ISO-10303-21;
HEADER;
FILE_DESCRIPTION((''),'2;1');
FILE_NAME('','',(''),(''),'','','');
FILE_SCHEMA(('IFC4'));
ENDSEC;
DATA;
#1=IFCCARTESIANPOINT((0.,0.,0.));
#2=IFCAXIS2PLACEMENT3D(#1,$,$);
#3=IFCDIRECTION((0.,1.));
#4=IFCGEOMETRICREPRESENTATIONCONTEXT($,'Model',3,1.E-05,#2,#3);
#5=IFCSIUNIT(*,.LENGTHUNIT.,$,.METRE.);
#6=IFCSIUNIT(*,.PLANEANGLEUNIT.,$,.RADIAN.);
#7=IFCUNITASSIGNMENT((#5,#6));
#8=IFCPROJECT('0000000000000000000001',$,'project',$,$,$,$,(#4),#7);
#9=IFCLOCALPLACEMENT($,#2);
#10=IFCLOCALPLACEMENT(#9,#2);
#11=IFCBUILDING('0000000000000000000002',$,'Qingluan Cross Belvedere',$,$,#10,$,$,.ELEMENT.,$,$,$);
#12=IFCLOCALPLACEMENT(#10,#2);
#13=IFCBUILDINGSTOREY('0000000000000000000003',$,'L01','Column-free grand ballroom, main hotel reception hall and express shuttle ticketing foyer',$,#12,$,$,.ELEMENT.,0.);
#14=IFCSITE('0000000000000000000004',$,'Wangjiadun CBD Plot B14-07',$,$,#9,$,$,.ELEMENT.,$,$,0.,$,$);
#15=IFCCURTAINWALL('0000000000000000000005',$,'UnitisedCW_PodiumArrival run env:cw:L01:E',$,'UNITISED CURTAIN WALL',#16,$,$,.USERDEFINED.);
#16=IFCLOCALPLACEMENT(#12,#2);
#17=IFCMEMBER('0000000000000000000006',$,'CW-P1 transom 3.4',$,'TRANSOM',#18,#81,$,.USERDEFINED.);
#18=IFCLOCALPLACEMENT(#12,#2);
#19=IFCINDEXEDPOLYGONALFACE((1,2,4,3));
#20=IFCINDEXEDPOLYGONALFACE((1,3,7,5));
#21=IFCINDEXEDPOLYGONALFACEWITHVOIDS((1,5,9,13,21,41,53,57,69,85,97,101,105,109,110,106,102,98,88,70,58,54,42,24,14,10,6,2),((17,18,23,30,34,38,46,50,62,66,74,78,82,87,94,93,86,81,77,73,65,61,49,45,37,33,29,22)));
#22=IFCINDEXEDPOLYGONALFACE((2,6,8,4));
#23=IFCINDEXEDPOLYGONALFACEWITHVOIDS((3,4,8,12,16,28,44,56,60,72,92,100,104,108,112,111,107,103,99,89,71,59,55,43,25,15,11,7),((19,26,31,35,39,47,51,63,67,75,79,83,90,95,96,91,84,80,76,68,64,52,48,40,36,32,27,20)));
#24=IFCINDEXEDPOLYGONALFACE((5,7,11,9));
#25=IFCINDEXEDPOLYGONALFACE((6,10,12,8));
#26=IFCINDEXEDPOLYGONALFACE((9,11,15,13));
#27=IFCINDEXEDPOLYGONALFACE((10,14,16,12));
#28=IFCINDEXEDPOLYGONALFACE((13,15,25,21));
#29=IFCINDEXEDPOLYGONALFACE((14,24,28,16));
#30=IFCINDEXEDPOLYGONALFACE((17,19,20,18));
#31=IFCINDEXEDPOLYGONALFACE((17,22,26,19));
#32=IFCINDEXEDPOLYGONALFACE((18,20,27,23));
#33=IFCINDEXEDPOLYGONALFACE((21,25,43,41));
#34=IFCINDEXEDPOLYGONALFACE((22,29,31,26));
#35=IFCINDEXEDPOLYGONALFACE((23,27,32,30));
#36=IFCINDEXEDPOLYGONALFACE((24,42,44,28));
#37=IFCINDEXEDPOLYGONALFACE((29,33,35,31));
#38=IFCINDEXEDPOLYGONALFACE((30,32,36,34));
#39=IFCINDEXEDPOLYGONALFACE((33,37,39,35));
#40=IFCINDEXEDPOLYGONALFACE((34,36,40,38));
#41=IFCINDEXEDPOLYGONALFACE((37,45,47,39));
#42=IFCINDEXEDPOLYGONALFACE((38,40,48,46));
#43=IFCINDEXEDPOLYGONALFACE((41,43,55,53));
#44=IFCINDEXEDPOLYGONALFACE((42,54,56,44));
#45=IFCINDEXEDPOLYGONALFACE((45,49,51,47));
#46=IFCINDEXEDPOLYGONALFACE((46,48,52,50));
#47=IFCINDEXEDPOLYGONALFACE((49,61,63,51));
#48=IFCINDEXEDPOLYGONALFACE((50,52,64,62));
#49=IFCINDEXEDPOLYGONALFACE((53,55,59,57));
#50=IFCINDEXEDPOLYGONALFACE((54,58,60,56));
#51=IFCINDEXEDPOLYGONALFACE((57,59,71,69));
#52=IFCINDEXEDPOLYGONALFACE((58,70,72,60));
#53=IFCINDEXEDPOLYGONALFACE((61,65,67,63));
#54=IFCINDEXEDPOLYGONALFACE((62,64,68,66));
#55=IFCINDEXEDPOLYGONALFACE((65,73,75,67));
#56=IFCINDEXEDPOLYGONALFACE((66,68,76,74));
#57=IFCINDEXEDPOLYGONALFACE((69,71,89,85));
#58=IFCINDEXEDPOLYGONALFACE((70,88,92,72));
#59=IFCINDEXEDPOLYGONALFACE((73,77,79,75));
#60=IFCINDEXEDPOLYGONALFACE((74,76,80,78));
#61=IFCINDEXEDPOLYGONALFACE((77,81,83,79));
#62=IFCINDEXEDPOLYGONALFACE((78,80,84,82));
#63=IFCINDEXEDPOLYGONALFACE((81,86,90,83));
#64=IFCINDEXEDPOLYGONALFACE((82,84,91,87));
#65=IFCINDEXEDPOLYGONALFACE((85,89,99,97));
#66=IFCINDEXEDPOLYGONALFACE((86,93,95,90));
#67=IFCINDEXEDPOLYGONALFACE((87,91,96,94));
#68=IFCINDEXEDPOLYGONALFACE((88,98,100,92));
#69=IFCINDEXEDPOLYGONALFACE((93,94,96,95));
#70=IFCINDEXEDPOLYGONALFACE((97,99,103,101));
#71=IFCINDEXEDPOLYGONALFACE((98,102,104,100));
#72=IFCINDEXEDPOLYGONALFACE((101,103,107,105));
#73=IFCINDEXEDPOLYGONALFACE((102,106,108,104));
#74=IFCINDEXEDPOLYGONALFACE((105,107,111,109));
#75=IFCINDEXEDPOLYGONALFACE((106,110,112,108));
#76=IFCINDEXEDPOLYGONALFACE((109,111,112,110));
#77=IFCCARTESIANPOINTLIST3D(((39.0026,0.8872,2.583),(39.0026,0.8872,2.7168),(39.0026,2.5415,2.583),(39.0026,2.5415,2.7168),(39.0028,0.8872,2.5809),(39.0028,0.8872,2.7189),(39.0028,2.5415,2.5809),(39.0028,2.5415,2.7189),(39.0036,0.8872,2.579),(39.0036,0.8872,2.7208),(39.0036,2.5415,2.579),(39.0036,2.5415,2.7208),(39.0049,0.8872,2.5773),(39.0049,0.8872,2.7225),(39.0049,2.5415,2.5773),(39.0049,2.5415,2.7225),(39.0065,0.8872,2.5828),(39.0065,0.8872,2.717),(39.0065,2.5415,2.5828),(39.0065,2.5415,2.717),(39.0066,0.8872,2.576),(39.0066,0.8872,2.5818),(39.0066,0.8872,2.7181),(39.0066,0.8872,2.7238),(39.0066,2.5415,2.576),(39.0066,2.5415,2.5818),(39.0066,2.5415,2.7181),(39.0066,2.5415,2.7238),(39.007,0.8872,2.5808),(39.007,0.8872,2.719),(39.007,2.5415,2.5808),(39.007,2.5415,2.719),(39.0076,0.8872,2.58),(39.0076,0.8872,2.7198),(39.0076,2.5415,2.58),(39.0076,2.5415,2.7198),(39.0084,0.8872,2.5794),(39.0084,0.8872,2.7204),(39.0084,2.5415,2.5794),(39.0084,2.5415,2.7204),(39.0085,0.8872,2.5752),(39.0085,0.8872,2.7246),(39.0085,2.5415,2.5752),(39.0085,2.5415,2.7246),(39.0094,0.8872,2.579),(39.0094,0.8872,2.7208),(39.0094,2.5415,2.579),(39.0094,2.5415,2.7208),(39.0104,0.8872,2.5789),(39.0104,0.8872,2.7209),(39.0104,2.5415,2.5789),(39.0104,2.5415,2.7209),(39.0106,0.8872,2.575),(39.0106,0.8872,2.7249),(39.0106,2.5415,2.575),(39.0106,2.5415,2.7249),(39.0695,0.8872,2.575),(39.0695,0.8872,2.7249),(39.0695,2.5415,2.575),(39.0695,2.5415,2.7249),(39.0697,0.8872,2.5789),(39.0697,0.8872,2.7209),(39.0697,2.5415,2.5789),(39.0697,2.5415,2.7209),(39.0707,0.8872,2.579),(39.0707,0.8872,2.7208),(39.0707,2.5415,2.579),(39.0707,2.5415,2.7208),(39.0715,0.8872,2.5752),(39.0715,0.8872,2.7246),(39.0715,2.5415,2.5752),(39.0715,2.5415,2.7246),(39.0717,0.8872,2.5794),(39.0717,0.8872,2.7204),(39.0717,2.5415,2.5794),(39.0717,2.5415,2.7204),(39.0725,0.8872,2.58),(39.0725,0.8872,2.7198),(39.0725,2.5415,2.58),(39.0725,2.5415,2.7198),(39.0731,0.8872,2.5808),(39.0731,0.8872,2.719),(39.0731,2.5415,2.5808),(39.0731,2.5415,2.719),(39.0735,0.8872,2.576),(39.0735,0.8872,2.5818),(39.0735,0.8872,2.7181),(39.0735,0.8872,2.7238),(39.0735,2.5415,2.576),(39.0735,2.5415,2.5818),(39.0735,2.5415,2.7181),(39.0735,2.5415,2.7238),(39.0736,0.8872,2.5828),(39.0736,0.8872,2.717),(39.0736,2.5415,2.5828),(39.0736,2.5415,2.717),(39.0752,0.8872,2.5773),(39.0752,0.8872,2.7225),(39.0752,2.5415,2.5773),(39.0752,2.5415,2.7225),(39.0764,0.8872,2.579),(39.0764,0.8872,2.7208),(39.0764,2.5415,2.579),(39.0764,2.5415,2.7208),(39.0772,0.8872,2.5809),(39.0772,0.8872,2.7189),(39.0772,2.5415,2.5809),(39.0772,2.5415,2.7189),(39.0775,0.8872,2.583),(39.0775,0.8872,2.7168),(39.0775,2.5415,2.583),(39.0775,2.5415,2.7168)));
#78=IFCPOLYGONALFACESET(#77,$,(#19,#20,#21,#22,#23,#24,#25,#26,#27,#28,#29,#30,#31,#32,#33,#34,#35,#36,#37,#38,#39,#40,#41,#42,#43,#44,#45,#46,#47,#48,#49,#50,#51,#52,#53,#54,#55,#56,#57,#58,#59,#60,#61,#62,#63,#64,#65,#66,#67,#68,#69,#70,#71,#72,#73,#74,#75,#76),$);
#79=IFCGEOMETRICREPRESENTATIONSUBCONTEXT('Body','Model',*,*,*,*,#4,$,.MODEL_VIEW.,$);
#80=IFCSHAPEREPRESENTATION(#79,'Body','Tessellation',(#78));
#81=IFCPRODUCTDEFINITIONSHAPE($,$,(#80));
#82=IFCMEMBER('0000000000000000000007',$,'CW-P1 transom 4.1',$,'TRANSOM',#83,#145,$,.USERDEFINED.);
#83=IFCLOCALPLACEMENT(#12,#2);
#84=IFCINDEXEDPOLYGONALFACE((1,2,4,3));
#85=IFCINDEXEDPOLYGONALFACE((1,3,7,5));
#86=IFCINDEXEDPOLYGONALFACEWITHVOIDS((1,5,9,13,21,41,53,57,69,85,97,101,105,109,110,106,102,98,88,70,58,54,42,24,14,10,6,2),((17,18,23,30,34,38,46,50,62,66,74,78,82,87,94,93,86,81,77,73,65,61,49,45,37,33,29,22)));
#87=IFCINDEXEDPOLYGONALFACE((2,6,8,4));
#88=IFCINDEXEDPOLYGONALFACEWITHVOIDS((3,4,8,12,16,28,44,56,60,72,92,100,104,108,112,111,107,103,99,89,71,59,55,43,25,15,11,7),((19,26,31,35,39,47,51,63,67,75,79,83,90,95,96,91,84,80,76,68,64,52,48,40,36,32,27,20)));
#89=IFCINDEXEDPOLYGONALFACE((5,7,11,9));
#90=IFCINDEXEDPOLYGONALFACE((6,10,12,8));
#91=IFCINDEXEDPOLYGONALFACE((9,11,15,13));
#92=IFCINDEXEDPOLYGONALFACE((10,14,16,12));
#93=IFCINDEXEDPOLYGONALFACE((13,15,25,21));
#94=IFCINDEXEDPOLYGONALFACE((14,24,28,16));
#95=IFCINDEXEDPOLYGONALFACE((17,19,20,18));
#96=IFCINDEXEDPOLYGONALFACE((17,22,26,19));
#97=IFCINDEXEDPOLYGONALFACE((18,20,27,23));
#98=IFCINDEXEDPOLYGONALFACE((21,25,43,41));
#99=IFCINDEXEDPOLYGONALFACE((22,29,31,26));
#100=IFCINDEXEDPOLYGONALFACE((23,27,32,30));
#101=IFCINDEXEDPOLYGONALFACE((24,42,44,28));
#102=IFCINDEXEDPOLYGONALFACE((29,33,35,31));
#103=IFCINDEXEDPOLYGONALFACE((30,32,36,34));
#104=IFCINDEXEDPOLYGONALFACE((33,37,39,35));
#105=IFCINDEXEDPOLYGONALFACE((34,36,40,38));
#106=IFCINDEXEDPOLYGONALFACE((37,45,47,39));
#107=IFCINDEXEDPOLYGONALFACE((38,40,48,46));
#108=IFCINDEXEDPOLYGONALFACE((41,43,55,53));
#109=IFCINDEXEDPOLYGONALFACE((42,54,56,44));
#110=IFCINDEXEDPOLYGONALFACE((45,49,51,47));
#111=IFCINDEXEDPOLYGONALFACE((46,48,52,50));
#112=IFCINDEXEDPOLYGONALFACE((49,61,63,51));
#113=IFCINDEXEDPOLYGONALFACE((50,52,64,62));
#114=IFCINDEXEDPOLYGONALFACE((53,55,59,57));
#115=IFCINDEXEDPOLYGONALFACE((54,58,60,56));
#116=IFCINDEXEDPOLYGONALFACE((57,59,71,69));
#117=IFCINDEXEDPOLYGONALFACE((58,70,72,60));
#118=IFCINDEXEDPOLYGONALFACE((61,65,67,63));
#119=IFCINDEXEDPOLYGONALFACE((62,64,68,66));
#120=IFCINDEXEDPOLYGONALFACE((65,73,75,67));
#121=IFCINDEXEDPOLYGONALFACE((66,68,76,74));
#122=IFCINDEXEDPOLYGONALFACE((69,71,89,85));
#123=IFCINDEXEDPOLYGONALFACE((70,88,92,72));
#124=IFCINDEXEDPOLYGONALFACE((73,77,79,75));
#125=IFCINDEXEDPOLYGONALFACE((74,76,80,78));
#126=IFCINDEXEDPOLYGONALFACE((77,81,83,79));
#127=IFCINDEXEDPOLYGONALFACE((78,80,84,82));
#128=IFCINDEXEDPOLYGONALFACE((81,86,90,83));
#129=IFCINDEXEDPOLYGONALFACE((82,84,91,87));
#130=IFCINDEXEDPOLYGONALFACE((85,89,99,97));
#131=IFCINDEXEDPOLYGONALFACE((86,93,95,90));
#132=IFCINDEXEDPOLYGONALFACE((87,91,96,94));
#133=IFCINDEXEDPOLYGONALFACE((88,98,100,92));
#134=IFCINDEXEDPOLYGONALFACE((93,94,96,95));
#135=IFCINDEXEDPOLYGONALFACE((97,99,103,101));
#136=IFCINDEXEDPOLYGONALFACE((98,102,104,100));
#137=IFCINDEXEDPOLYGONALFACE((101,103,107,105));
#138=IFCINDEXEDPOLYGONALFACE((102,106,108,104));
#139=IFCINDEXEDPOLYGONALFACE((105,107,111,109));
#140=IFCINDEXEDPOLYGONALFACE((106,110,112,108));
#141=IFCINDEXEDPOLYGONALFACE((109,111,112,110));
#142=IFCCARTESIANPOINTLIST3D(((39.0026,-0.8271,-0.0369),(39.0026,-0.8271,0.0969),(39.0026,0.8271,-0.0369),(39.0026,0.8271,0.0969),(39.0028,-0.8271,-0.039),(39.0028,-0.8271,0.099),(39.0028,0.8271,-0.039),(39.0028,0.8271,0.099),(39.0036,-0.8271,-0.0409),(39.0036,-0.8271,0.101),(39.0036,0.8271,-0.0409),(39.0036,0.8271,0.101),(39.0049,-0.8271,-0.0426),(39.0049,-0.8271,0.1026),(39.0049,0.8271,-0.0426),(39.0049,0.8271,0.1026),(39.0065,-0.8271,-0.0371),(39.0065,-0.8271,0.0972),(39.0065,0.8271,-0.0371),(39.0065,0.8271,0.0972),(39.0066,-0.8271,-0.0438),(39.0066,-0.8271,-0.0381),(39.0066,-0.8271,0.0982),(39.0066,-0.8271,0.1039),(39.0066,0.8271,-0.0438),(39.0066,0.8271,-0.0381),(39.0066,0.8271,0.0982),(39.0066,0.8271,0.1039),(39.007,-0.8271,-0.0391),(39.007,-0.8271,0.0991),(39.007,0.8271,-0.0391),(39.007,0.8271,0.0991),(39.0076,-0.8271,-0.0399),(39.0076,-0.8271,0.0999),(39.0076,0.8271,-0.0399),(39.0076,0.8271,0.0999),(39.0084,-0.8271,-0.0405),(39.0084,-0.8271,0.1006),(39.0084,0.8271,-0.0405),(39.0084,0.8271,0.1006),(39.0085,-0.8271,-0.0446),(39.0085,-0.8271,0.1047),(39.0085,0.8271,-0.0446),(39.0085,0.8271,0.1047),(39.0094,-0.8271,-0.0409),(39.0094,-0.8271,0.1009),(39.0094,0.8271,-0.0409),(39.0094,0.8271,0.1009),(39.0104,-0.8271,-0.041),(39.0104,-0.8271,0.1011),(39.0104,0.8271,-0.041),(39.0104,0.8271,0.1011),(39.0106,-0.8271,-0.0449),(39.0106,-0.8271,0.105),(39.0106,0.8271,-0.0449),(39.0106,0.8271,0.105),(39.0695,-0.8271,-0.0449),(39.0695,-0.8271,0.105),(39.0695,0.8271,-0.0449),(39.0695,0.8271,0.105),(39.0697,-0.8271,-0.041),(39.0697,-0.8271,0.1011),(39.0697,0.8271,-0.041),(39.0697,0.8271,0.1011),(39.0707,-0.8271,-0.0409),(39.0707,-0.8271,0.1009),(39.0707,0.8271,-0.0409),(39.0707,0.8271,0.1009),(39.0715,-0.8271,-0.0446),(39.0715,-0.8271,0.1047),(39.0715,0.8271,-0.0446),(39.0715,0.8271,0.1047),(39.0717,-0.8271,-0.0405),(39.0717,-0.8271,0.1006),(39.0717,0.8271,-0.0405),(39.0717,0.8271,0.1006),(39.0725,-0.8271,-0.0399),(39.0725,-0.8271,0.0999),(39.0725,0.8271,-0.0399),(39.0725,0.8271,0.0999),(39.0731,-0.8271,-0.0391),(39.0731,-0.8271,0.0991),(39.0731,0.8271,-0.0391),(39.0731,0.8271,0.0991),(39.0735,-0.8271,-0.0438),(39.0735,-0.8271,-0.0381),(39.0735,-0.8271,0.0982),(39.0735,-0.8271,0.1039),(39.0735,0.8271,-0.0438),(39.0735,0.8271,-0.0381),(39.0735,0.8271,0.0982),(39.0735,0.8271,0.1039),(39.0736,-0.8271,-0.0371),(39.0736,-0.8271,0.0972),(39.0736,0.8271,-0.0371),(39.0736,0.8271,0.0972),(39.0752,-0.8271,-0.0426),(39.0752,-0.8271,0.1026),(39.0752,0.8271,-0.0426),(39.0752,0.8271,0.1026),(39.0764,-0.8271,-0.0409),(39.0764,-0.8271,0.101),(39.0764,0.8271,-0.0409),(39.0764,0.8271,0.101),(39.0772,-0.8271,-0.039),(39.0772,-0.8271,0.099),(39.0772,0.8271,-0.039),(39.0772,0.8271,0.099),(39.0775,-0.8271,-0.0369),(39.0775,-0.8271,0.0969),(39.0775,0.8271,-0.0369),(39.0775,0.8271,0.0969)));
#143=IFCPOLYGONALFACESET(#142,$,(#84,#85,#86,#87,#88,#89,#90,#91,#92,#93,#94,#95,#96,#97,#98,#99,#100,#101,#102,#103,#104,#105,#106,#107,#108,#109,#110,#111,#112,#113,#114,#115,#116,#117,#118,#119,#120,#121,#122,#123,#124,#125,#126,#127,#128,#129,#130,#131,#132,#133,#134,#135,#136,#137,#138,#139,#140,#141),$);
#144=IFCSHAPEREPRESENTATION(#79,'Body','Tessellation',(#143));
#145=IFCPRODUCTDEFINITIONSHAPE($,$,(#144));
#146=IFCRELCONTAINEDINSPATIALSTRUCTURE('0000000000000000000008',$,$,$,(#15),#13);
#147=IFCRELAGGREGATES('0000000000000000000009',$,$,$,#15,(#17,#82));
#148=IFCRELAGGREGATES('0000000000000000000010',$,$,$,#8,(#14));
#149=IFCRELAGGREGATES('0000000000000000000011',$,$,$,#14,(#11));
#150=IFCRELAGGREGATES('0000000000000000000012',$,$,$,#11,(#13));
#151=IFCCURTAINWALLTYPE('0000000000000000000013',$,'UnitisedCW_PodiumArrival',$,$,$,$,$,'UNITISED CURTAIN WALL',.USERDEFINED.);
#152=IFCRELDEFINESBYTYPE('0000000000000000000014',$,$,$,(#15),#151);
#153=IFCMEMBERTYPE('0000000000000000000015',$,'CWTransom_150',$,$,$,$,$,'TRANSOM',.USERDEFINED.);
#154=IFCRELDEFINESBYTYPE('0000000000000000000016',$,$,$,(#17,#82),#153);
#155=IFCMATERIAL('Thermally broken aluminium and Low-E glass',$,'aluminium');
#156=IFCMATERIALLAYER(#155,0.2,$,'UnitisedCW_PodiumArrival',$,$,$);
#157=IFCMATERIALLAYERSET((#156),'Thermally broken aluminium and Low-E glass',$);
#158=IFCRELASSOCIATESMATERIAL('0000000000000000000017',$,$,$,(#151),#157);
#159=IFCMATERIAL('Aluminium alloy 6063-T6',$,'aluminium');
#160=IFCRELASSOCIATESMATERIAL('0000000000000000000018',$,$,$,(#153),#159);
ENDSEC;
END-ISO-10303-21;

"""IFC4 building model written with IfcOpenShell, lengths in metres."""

from ifc_helpers import new_model, si_unit, direction, frame, origin, origin_2d, place, context, subcontext, project, spatial, hollow_rectangle, extrude, material, layer, layer_set, material_profile, profile_set, type_object, element, aggregate, save


model = new_model("IFC4")

# Units and contexts
model_context = context("Model", 3, precision=1e-05, world=origin(), true_north=direction((0.0, 1.0)))
body_context = subcontext(model_context, "Body", "Model", "MODEL_VIEW")
ifc_project = project(units=[si_unit("LENGTHUNIT", "METRE"), si_unit("PLANEANGLEUNIT", "RADIAN")], contexts=[model_context])

# Site, building, storey
site_placement = place(None, origin())
site = spatial("IfcSite", under=ifc_project, at=site_placement, Name="Wangjiadun CBD Plot B14-07", CompositionType="ELEMENT", RefElevation=0.0)
building_placement = place(site_placement, origin())
building = spatial("IfcBuilding", under=site, at=building_placement, Name="Qingluan Cross Belvedere", CompositionType="ELEMENT")
storey_placement = place(building_placement, origin())
storey = spatial("IfcBuildingStorey", under=building, at=storey_placement, Name="L01", Description="Column-free grand ballroom, main hotel reception hall and express shuttle ticketing foyer", CompositionType="ELEMENT", Elevation=0.0)

# Curtain wall, members
ifc_material_1 = material(Name="Thermally broken aluminium and Low-E glass", Category="aluminium")
ifc_layer_1 = layer(ifc_material_1, 0.2, Name="UnitisedCW_PodiumArrival")
ifc_layer_set_1 = layer_set([ifc_layer_1], Name="Thermally broken aluminium and Low-E glass")
curtain_wall_type = type_object("IfcCurtainWallType", Name="UnitisedCW_PodiumArrival", ElementType="UNITISED CURTAIN WALL", PredefinedType="USERDEFINED", material=ifc_layer_set_1)
curtain_wall_placement = place(storey_placement, origin())
curtain_wall = element("IfcCurtainWall", 1, at=curtain_wall_placement, inside=storey, type_object=curtain_wall_type, Name="UnitisedCW_PodiumArrival run env:cw:L01:E", ObjectType="UNITISED CURTAIN WALL", PredefinedType="USERDEFINED")
ifc_material_2 = material(Name="Aluminium alloy 6063-T6", Category="aluminium")
ifc_material_profile_1 = material_profile(ifc_material_2, hollow_rectangle(XDim=0.075, YDim=0.1499, WallThickness=0.0039, InnerFilletRadius=0.0039, OuterFilletRadius=0.0081, at=origin_2d()), Name="CWT150x75x4")
ifc_profile_set_1 = profile_set([ifc_material_profile_1], Name="Aluminium alloy 6063-T6")
member_type_1 = type_object("IfcMemberType", Name="CWTransom_150", ElementType="TRANSOM", PredefinedType="USERDEFINED", material=ifc_profile_set_1)
member_1_placement = place(storey_placement, frame((39.04, 2.5415, 2.6499), z_axis=(0.0, -1.0, 0.0), x_axis=(1.0, 0.0, 0.0)))
member_1 = element("IfcMember", 2, at=member_1_placement, type_object=member_type_1, Name="CW-P1 transom 3.4", ObjectType="TRANSOM", PredefinedType="USERDEFINED", context=body_context, shape_type="SweptSolid", body=[
    extrude(hollow_rectangle(XDim=0.075, YDim=0.1499, WallThickness=0.0039, InnerFilletRadius=0.0039, OuterFilletRadius=0.0081, at=origin_2d()), origin(), (0.0, 0.0, 1.0), 1.6543),
])
member_2_placement = place(storey_placement, frame((39.04, 0.8271, 0.03), z_axis=(0.0, -1.0, 0.0), x_axis=(1.0, 0.0, 0.0)))
member_2 = element("IfcMember", 3, at=member_2_placement, type_object=member_type_1, Name="CW-P1 transom 4.1", ObjectType="TRANSOM", PredefinedType="USERDEFINED", context=body_context, shape_type="SweptSolid", body=[
    extrude(hollow_rectangle(XDim=0.075, YDim=0.1499, WallThickness=0.0039, InnerFilletRadius=0.0039, OuterFilletRadius=0.0081, at=origin_2d()), origin(), (0.0, 0.0, 1.0), 1.6543),
])
aggregate(curtain_wall, [member_1, member_2])

save(model, "model.ifc")
